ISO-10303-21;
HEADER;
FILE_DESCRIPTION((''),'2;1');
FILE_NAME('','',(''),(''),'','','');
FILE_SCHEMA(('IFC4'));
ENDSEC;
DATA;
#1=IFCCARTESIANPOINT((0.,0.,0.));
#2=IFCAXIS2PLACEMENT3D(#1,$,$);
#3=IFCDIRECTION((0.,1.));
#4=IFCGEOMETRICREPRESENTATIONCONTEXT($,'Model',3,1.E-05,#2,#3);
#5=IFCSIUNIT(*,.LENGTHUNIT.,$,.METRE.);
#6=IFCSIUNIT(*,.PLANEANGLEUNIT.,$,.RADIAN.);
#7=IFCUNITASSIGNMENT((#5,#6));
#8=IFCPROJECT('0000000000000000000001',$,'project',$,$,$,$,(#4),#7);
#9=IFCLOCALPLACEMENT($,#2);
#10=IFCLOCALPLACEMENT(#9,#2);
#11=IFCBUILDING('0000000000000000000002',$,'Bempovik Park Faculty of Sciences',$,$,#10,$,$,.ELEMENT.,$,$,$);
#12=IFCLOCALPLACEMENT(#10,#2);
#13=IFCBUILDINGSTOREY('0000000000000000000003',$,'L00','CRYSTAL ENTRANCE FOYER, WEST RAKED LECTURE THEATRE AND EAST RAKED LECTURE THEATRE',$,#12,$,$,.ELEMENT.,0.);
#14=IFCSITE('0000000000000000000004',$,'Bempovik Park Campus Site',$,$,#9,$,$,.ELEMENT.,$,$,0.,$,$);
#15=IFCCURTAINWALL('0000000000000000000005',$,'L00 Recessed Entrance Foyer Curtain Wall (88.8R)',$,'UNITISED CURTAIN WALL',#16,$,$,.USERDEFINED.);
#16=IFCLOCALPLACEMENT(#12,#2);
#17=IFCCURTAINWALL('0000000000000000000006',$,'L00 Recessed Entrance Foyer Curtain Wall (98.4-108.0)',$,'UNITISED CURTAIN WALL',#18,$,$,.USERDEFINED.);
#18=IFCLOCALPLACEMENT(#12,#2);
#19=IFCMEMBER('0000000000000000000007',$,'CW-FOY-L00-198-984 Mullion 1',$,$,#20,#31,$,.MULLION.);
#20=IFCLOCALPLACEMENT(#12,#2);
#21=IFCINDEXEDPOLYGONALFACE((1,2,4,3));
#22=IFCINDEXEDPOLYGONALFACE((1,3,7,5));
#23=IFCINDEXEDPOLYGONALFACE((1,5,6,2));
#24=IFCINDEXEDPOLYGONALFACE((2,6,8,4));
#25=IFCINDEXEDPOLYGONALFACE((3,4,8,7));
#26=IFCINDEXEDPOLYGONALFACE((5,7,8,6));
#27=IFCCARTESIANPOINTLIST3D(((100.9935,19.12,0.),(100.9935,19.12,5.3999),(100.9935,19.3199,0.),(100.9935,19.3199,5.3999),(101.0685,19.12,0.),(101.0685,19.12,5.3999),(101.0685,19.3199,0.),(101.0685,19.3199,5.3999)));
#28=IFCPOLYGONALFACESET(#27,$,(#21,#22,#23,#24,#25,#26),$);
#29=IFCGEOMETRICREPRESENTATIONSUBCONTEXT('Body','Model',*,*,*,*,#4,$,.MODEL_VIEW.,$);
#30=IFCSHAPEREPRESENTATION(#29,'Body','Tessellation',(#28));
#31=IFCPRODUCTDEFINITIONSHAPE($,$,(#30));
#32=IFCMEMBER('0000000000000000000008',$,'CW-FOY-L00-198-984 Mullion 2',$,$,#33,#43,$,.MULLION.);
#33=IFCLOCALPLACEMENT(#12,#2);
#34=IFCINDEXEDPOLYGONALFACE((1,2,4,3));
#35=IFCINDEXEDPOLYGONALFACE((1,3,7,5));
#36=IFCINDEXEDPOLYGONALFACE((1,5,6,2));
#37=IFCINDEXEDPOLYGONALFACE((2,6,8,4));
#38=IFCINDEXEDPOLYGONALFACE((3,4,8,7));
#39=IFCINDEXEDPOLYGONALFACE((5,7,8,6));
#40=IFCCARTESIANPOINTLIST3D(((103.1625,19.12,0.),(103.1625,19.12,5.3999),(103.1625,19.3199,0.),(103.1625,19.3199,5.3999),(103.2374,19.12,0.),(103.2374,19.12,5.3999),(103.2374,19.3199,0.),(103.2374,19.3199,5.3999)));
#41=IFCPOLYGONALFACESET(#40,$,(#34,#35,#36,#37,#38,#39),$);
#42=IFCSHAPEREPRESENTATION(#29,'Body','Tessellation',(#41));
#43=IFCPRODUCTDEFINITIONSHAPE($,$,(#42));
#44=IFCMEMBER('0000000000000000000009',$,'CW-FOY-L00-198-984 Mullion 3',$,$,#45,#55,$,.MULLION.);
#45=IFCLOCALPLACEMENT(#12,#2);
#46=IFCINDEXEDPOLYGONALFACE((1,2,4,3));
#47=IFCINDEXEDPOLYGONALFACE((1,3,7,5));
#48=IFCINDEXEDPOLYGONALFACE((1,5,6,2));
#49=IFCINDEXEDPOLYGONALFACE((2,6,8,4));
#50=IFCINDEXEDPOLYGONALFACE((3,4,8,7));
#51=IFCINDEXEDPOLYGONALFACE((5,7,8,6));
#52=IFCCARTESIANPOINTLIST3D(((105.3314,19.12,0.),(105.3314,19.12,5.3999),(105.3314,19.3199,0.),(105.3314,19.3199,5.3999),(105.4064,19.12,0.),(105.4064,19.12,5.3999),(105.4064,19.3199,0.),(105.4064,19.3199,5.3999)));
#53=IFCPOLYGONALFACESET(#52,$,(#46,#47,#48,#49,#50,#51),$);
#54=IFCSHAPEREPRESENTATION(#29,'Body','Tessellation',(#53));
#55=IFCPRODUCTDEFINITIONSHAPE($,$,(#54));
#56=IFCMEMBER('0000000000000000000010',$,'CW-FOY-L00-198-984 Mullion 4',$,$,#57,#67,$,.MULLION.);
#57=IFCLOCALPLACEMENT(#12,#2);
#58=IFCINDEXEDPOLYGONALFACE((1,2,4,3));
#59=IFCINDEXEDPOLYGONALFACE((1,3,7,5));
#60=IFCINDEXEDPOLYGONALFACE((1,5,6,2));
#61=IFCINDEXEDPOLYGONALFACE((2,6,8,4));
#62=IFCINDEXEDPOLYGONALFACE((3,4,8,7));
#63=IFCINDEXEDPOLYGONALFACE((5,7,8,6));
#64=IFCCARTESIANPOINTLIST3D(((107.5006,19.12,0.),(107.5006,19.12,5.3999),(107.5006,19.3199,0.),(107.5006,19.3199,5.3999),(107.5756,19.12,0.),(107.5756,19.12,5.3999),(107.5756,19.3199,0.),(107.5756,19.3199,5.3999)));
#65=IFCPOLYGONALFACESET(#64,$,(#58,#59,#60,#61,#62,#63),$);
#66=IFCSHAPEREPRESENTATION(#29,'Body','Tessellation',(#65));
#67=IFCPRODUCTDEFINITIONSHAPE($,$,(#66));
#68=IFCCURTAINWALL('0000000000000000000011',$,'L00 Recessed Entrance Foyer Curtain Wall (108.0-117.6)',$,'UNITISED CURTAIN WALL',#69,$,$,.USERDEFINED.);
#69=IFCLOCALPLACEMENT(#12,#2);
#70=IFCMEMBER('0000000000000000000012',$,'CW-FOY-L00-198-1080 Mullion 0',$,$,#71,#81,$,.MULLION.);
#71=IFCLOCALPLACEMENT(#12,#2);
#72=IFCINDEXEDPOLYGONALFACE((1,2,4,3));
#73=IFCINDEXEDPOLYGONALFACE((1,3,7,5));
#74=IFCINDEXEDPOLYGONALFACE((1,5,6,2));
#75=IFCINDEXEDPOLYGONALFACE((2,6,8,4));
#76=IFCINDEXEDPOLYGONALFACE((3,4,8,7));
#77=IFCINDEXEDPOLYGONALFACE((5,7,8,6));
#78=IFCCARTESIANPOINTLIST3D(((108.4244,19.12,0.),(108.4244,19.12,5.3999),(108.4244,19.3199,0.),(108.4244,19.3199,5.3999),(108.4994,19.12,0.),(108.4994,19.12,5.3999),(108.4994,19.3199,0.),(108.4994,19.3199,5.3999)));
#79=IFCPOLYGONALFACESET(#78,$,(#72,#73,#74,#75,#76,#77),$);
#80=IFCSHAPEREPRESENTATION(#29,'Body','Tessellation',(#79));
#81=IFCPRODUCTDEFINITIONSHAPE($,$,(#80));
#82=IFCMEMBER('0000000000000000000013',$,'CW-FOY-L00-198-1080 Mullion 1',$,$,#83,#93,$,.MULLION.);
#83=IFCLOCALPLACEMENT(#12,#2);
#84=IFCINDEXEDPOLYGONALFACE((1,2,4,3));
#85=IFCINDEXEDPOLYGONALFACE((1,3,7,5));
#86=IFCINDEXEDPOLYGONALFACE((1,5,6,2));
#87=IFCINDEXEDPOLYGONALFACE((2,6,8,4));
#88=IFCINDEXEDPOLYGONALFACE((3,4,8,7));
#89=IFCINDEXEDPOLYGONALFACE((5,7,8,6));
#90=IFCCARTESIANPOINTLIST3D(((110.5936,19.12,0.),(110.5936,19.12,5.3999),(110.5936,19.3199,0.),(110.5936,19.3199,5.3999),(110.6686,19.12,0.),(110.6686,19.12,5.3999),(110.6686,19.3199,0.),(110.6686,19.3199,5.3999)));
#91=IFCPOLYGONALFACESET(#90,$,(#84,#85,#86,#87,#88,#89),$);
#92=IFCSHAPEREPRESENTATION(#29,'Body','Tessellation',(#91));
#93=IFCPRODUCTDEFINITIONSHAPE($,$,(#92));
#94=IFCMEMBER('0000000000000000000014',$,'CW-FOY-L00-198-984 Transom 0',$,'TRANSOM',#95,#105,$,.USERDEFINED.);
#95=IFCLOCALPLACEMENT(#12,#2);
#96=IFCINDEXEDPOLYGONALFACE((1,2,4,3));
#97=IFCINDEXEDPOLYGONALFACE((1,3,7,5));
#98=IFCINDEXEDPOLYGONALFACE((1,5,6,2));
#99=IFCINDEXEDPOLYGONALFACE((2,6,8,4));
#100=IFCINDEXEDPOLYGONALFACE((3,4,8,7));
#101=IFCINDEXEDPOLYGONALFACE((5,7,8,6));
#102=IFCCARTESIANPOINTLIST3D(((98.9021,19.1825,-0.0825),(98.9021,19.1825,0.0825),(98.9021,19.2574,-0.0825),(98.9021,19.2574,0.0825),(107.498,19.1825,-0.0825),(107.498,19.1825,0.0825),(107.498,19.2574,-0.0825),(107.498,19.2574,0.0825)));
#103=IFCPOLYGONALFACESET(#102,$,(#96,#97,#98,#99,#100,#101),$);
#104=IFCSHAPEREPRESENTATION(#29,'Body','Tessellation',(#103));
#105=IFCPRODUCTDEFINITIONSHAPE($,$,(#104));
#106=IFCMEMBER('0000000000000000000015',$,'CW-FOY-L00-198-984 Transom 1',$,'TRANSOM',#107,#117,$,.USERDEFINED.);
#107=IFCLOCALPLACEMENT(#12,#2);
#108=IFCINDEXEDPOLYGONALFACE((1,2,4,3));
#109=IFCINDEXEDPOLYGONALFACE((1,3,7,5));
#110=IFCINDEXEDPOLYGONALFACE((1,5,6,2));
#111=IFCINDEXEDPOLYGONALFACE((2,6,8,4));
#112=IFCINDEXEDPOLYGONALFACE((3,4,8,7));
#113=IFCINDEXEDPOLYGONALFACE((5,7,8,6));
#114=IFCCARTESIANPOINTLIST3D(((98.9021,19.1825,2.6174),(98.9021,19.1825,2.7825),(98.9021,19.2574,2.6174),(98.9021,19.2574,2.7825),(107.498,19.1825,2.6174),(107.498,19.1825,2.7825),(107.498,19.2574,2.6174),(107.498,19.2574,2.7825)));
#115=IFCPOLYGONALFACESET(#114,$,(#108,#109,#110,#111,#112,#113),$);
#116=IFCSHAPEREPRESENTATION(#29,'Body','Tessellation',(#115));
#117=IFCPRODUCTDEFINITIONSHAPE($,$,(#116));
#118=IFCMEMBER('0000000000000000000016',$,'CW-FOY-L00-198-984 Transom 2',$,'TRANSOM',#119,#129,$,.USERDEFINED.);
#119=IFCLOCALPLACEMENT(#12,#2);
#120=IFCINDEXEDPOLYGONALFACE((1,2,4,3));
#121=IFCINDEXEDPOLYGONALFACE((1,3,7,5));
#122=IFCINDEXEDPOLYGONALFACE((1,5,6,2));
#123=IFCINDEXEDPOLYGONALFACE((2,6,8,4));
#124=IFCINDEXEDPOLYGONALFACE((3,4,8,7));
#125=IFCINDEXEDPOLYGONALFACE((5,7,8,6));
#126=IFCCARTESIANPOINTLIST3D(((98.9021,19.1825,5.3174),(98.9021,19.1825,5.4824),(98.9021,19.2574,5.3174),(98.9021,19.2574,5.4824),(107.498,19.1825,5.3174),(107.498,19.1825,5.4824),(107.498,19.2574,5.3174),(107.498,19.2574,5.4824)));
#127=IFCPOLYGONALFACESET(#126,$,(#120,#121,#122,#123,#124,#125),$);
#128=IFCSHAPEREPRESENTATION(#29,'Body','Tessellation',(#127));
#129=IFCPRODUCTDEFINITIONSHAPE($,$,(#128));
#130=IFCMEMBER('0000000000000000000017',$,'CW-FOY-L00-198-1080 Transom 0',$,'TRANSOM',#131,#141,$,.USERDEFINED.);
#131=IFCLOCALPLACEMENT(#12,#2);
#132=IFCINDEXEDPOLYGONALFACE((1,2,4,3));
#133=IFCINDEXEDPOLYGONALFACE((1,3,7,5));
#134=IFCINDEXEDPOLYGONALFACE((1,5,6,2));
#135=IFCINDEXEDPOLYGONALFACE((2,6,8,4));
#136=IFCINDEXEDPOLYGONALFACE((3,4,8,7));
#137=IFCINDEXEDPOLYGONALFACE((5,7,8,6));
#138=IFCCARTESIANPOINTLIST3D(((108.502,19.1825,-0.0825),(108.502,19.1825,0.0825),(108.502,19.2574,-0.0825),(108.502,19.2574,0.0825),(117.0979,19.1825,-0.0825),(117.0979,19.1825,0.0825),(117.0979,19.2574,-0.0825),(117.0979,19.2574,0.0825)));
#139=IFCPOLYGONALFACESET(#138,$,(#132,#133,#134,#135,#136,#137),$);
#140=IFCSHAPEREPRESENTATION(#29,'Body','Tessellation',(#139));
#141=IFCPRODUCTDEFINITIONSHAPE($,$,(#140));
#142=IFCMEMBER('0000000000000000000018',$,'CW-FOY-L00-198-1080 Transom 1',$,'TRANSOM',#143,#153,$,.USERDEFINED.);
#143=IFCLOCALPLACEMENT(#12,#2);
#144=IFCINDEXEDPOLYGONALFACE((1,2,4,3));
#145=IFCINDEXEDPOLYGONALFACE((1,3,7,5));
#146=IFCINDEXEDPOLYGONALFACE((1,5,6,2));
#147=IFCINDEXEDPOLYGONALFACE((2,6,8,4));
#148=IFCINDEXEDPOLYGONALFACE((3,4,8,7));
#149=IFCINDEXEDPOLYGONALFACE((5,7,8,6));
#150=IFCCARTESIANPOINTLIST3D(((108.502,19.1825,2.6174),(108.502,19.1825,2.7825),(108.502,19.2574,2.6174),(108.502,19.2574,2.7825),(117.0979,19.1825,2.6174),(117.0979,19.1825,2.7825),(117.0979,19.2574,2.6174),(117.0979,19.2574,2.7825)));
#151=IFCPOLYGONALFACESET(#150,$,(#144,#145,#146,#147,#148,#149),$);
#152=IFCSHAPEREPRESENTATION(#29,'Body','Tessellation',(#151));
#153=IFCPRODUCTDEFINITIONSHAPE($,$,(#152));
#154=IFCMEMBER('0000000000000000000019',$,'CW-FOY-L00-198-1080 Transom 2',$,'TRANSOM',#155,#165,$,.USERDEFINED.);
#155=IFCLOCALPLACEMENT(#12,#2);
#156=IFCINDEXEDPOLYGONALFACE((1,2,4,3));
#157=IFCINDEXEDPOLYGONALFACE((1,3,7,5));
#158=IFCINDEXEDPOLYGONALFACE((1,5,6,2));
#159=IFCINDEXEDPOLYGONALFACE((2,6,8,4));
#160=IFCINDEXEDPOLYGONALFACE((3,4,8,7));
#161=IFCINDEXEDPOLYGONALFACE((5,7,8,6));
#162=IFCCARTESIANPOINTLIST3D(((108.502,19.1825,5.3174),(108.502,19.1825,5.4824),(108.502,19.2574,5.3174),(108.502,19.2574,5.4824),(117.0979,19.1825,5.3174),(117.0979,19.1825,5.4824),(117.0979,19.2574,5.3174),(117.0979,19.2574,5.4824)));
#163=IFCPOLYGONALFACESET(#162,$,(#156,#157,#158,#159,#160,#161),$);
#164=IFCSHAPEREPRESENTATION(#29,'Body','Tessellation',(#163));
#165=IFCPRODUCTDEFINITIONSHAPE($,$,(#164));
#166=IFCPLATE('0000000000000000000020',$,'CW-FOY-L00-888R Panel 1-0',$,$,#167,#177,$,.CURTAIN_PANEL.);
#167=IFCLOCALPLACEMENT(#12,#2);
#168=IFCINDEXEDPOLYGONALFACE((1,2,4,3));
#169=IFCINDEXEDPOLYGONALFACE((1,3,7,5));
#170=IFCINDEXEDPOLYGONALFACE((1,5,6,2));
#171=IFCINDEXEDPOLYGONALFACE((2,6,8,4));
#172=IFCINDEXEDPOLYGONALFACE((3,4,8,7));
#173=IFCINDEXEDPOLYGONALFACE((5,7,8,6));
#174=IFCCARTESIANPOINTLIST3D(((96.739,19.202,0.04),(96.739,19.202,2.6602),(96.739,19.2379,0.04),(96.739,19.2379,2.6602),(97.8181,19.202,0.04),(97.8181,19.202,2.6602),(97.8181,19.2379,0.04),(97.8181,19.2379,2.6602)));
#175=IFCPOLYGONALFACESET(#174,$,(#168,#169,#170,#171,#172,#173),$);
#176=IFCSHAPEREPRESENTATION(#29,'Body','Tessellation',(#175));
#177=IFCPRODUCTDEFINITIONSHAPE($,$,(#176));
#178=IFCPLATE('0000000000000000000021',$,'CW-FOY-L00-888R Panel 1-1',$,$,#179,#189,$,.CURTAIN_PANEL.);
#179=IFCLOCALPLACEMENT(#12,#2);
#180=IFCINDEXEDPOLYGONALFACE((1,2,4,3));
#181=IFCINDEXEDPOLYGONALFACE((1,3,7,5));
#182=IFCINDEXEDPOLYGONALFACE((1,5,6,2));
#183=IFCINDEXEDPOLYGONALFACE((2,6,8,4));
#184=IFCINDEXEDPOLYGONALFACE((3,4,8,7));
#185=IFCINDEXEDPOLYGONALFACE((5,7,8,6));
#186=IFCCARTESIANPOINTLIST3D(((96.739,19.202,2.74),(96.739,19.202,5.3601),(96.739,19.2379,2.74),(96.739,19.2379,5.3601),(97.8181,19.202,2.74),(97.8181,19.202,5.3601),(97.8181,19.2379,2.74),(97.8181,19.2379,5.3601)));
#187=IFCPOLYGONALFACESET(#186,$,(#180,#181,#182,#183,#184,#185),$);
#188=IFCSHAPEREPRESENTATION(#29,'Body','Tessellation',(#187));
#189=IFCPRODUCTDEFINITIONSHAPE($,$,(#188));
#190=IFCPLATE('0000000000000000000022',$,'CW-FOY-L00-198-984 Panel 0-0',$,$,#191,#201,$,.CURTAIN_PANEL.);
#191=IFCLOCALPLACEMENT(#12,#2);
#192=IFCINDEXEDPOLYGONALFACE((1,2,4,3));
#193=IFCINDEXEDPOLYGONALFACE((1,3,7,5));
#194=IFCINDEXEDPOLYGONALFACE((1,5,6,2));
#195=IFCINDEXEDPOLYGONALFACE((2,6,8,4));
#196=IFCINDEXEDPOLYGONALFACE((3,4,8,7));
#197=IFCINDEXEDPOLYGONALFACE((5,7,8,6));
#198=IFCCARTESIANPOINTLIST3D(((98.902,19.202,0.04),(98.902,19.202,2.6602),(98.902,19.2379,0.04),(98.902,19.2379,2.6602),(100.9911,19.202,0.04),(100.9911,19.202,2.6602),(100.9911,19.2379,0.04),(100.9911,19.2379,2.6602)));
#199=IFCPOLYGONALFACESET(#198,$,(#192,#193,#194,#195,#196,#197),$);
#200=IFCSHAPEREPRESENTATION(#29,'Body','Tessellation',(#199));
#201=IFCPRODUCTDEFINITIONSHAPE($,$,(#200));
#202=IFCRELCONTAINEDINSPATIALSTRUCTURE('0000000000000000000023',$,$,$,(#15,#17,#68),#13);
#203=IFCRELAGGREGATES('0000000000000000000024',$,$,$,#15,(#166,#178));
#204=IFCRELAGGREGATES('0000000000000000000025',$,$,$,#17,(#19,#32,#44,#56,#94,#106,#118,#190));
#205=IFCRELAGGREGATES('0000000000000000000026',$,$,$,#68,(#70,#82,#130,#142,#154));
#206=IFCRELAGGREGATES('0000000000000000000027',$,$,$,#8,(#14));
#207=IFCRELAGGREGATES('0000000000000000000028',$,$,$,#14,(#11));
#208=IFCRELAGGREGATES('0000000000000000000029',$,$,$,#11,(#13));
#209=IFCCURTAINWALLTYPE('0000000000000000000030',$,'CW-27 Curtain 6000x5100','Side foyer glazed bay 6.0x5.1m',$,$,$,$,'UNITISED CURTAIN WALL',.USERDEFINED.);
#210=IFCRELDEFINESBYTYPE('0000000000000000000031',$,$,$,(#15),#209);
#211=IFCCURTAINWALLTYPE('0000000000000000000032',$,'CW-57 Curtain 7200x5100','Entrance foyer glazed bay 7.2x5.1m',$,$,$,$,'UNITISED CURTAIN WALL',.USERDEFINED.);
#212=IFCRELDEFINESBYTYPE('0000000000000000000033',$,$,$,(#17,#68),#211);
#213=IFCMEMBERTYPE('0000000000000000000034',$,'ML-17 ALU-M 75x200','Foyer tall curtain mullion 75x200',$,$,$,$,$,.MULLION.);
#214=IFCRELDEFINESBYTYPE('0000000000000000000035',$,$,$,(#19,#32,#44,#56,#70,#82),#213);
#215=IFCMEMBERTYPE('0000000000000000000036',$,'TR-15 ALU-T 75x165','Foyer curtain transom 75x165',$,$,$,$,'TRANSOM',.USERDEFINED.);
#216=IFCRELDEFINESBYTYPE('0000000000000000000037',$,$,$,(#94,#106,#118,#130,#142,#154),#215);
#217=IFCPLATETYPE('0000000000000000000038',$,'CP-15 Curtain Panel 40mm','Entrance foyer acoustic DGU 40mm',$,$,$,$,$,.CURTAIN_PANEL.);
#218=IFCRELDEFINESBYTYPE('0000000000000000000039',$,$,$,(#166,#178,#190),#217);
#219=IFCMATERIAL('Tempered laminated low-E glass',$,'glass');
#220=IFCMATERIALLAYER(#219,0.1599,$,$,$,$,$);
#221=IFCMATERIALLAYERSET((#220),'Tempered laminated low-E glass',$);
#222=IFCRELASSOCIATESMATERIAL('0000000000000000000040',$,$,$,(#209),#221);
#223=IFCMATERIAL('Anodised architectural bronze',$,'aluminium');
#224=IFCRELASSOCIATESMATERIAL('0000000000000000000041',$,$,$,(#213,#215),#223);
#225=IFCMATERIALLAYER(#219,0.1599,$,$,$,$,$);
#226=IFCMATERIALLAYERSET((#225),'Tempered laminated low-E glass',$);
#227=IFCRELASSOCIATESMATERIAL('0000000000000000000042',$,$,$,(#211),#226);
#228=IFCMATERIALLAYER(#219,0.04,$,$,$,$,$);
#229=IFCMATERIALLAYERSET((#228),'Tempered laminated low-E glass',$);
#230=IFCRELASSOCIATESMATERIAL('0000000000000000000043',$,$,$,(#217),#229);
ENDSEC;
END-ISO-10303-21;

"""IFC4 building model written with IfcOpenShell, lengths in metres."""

from ifc_helpers import new_model, si_unit, direction, frame, origin, origin_2d, place, context, subcontext, project, spatial, rectangle, extrude, material, layer, layer_set, material_profile, profile_set, type_object, element, aggregate, save


model = new_model("IFC4")

# Units and contexts
model_context = context("Model", 3, precision=1e-05, world=origin(), true_north=direction((0.0, 1.0)))
body_context = subcontext(model_context, "Body", "Model", "MODEL_VIEW")
ifc_project = project(units=[si_unit("LENGTHUNIT", "METRE"), si_unit("PLANEANGLEUNIT", "RADIAN")], contexts=[model_context])

# Site, building, storey
site_placement = place(None, origin())
site = spatial("IfcSite", under=ifc_project, at=site_placement, Name="Bempovik Park Campus Site", CompositionType="ELEMENT", RefElevation=0.0)
building_placement = place(site_placement, origin())
building = spatial("IfcBuilding", under=site, at=building_placement, Name="Bempovik Park Faculty of Sciences", CompositionType="ELEMENT")
storey_placement = place(building_placement, origin())
storey = spatial("IfcBuildingStorey", under=building, at=storey_placement, Name="L00", Description="CRYSTAL ENTRANCE FOYER, WEST RAKED LECTURE THEATRE AND EAST RAKED LECTURE THEATRE", CompositionType="ELEMENT", Elevation=0.0)

# Curtain wall
ifc_material_1 = material(Name="Tempered laminated low-E glass", Category="glass")
ifc_layer_1 = layer(ifc_material_1, 0.1599)
ifc_layer_set_1 = layer_set([ifc_layer_1], Name="Tempered laminated low-E glass")
curtain_wall_type_1 = type_object("IfcCurtainWallType", Name="CW-27 Curtain 6000x5100", Description="Side foyer glazed bay 6.0x5.1m", ElementType="UNITISED CURTAIN WALL", PredefinedType="USERDEFINED", material=ifc_layer_set_1)
curtain_wall_1_placement = place(storey_placement, origin())
curtain_wall_1 = element("IfcCurtainWall", 1, at=curtain_wall_1_placement, inside=storey, type_object=curtain_wall_type_1, Name="L00 Recessed Entrance Foyer Curtain Wall (88.8R)", ObjectType="UNITISED CURTAIN WALL", PredefinedType="USERDEFINED")
ifc_material_2 = material(Name="Anodised architectural bronze", Category="aluminium")
ifc_material_profile_1 = material_profile(ifc_material_2, rectangle(XDim=0.075, YDim=0.2, at=origin_2d()), Name="ALU-M 75x200")
ifc_profile_set_1 = profile_set([ifc_material_profile_1], Name="Anodised architectural bronze")
member_type_1 = type_object("IfcMemberType", Name="ML-17 ALU-M 75x200", Description="Foyer tall curtain mullion 75x200", PredefinedType="MULLION", material=ifc_profile_set_1)

# Curtain walls, members
ifc_layer_2 = layer(ifc_material_1, 0.1599)
ifc_layer_set_2 = layer_set([ifc_layer_2], Name="Tempered laminated low-E glass")
curtain_wall_type_2 = type_object("IfcCurtainWallType", Name="CW-57 Curtain 7200x5100", Description="Entrance foyer glazed bay 7.2x5.1m", ElementType="UNITISED CURTAIN WALL", PredefinedType="USERDEFINED", material=ifc_layer_set_2)
curtain_wall_2_placement = place(storey_placement, origin())
curtain_wall_2 = element("IfcCurtainWall", 2, at=curtain_wall_2_placement, inside=storey, type_object=curtain_wall_type_2, Name="L00 Recessed Entrance Foyer Curtain Wall (98.4-108.0)", ObjectType="UNITISED CURTAIN WALL", PredefinedType="USERDEFINED")
member_1_placement = place(storey_placement, frame((101.031, 19.22, 0.0), z_axis=(0.0, 0.0, 1.0), x_axis=(1.0, 0.0, 0.0)))
member_1 = element("IfcMember", 3, at=member_1_placement, type_object=member_type_1, Name="CW-FOY-L00-198-984 Mullion 1", PredefinedType="MULLION", context=body_context, shape_type="SweptSolid", body=[
    extrude(rectangle(XDim=0.075, YDim=0.2, at=origin_2d()), origin(), (0.0, 0.0, 1.0), 5.3999),
])
member_2_placement = place(storey_placement, frame((103.2, 19.22, 0.0), z_axis=(0.0, 0.0, 1.0), x_axis=(1.0, 0.0, 0.0)))
member_2 = element("IfcMember", 4, at=member_2_placement, type_object=member_type_1, Name="CW-FOY-L00-198-984 Mullion 2", PredefinedType="MULLION", context=body_context, shape_type="SweptSolid", body=[
    extrude(rectangle(XDim=0.075, YDim=0.2, at=origin_2d()), origin(), (0.0, 0.0, 1.0), 5.3999),
])
member_3_placement = place(storey_placement, frame((105.3689, 19.22, 0.0), z_axis=(0.0, 0.0, 1.0), x_axis=(1.0, 0.0, 0.0)))
member_3 = element("IfcMember", 5, at=member_3_placement, type_object=member_type_1, Name="CW-FOY-L00-198-984 Mullion 3", PredefinedType="MULLION", context=body_context, shape_type="SweptSolid", body=[
    extrude(rectangle(XDim=0.075, YDim=0.2, at=origin_2d()), origin(), (0.0, 0.0, 1.0), 5.3999),
])
member_4_placement = place(storey_placement, frame((107.5381, 19.22, 0.0), z_axis=(0.0, 0.0, 1.0), x_axis=(1.0, 0.0, 0.0)))
member_4 = element("IfcMember", 6, at=member_4_placement, type_object=member_type_1, Name="CW-FOY-L00-198-984 Mullion 4", PredefinedType="MULLION", context=body_context, shape_type="SweptSolid", body=[
    extrude(rectangle(XDim=0.075, YDim=0.2, at=origin_2d()), origin(), (0.0, 0.0, 1.0), 5.3999),
])
curtain_wall_3_placement = place(storey_placement, origin())
curtain_wall_3 = element("IfcCurtainWall", 7, at=curtain_wall_3_placement, inside=storey, type_object=curtain_wall_type_2, Name="L00 Recessed Entrance Foyer Curtain Wall (108.0-117.6)", ObjectType="UNITISED CURTAIN WALL", PredefinedType="USERDEFINED")
member_5_placement = place(storey_placement, frame((108.4619, 19.22, 0.0), z_axis=(0.0, 0.0, 1.0), x_axis=(1.0, 0.0, 0.0)))
member_5 = element("IfcMember", 8, at=member_5_placement, type_object=member_type_1, Name="CW-FOY-L00-198-1080 Mullion 0", PredefinedType="MULLION", context=body_context, shape_type="SweptSolid", body=[
    extrude(rectangle(XDim=0.075, YDim=0.2, at=origin_2d()), origin(), (0.0, 0.0, 1.0), 5.3999),
])
member_6_placement = place(storey_placement, frame((110.6311, 19.22, 0.0), z_axis=(0.0, 0.0, 1.0), x_axis=(1.0, 0.0, 0.0)))
member_6 = element("IfcMember", 9, at=member_6_placement, type_object=member_type_1, Name="CW-FOY-L00-198-1080 Mullion 1", PredefinedType="MULLION", context=body_context, shape_type="SweptSolid", body=[
    extrude(rectangle(XDim=0.075, YDim=0.2, at=origin_2d()), origin(), (0.0, 0.0, 1.0), 5.3999),
])

# Members
ifc_material_profile_2 = material_profile(ifc_material_2, rectangle(XDim=0.075, YDim=0.165, at=origin_2d()), Name="ALU-T 75x165")
ifc_profile_set_2 = profile_set([ifc_material_profile_2], Name="Anodised architectural bronze")
member_type_2 = type_object("IfcMemberType", Name="TR-15 ALU-T 75x165", Description="Foyer curtain transom 75x165", ElementType="TRANSOM", PredefinedType="USERDEFINED", material=ifc_profile_set_2)
member_7_placement = place(storey_placement, frame((98.9021, 19.22, 0.0), z_axis=(1.0, 0.0, 0.0), x_axis=(0.0, 1.0, 0.0)))
member_7 = element("IfcMember", 10, at=member_7_placement, type_object=member_type_2, Name="CW-FOY-L00-198-984 Transom 0", ObjectType="TRANSOM", PredefinedType="USERDEFINED", context=body_context, shape_type="SweptSolid", body=[
    extrude(rectangle(XDim=0.075, YDim=0.165, at=origin_2d()), origin(), (0.0, 0.0, 1.0), 8.5959),
])
member_8_placement = place(storey_placement, frame((98.9021, 19.22, 2.7), z_axis=(1.0, 0.0, 0.0), x_axis=(0.0, 1.0, 0.0)))
member_8 = element("IfcMember", 11, at=member_8_placement, type_object=member_type_2, Name="CW-FOY-L00-198-984 Transom 1", ObjectType="TRANSOM", PredefinedType="USERDEFINED", context=body_context, shape_type="SweptSolid", body=[
    extrude(rectangle(XDim=0.075, YDim=0.165, at=origin_2d()), origin(), (0.0, 0.0, 1.0), 8.5959),
])
member_9_placement = place(storey_placement, frame((98.9021, 19.22, 5.3999), z_axis=(1.0, 0.0, 0.0), x_axis=(0.0, 1.0, 0.0)))
member_9 = element("IfcMember", 12, at=member_9_placement, type_object=member_type_2, Name="CW-FOY-L00-198-984 Transom 2", ObjectType="TRANSOM", PredefinedType="USERDEFINED", context=body_context, shape_type="SweptSolid", body=[
    extrude(rectangle(XDim=0.075, YDim=0.165, at=origin_2d()), origin(), (0.0, 0.0, 1.0), 8.5959),
])
member_10_placement = place(storey_placement, frame((108.502, 19.22, 0.0), z_axis=(1.0, 0.0, 0.0), x_axis=(0.0, 1.0, 0.0)))
member_10 = element("IfcMember", 13, at=member_10_placement, type_object=member_type_2, Name="CW-FOY-L00-198-1080 Transom 0", ObjectType="TRANSOM", PredefinedType="USERDEFINED", context=body_context, shape_type="SweptSolid", body=[
    extrude(rectangle(XDim=0.075, YDim=0.165, at=origin_2d()), origin(), (0.0, 0.0, 1.0), 8.5959),
])
member_11_placement = place(storey_placement, frame((108.502, 19.22, 2.7), z_axis=(1.0, 0.0, 0.0), x_axis=(0.0, 1.0, 0.0)))
member_11 = element("IfcMember", 14, at=member_11_placement, type_object=member_type_2, Name="CW-FOY-L00-198-1080 Transom 1", ObjectType="TRANSOM", PredefinedType="USERDEFINED", context=body_context, shape_type="SweptSolid", body=[
    extrude(rectangle(XDim=0.075, YDim=0.165, at=origin_2d()), origin(), (0.0, 0.0, 1.0), 8.5959),
])
member_12_placement = place(storey_placement, frame((108.502, 19.22, 5.3999), z_axis=(1.0, 0.0, 0.0), x_axis=(0.0, 1.0, 0.0)))
member_12 = element("IfcMember", 15, at=member_12_placement, type_object=member_type_2, Name="CW-FOY-L00-198-1080 Transom 2", ObjectType="TRANSOM", PredefinedType="USERDEFINED", context=body_context, shape_type="SweptSolid", body=[
    extrude(rectangle(XDim=0.075, YDim=0.165, at=origin_2d()), origin(), (0.0, 0.0, 1.0), 8.5959),
])

# Plates
ifc_layer_3 = layer(ifc_material_1, 0.04)
ifc_layer_set_3 = layer_set([ifc_layer_3], Name="Tempered laminated low-E glass")
plate_type = type_object("IfcPlateType", Name="CP-15 Curtain Panel 40mm", Description="Entrance foyer acoustic DGU 40mm", PredefinedType="CURTAIN_PANEL", material=ifc_layer_set_3)
plate_1_placement = place(storey_placement, frame((97.2786, 19.22, 0.04), z_axis=(0.0, 0.0, 1.0), x_axis=(1.0, 0.0, 0.0)))
plate_1 = element("IfcPlate", 16, at=plate_1_placement, type_object=plate_type, Name="CW-FOY-L00-888R Panel 1-0", PredefinedType="CURTAIN_PANEL", context=body_context, shape_type="SweptSolid", body=[
    extrude(rectangle(XDim=1.0791, YDim=0.0359, at=origin_2d()), origin(), (0.0, 0.0, 1.0), 2.6201),
])
plate_2_placement = place(storey_placement, frame((97.2786, 19.22, 2.74), z_axis=(0.0, 0.0, 1.0), x_axis=(1.0, 0.0, 0.0)))
plate_2 = element("IfcPlate", 17, at=plate_2_placement, type_object=plate_type, Name="CW-FOY-L00-888R Panel 1-1", PredefinedType="CURTAIN_PANEL", context=body_context, shape_type="SweptSolid", body=[
    extrude(rectangle(XDim=1.0791, YDim=0.0359, at=origin_2d()), origin(), (0.0, 0.0, 1.0), 2.6201),
])
aggregate(curtain_wall_1, [plate_1, plate_2])
plate_3_placement = place(storey_placement, frame((99.9465, 19.22, 0.04), z_axis=(0.0, 0.0, 1.0), x_axis=(1.0, 0.0, 0.0)))
plate_3 = element("IfcPlate", 18, at=plate_3_placement, type_object=plate_type, Name="CW-FOY-L00-198-984 Panel 0-0", PredefinedType="CURTAIN_PANEL", context=body_context, shape_type="SweptSolid", body=[
    extrude(rectangle(XDim=2.0891, YDim=0.0359, at=origin_2d()), origin(), (0.0, 0.0, 1.0), 2.6201),
])
aggregate(curtain_wall_2, [member_1, member_2, member_3, member_4, member_7, member_8, member_9, plate_3])
aggregate(curtain_wall_3, [member_5, member_6, member_10, member_11, member_12])

save(model, "model.ifc")
